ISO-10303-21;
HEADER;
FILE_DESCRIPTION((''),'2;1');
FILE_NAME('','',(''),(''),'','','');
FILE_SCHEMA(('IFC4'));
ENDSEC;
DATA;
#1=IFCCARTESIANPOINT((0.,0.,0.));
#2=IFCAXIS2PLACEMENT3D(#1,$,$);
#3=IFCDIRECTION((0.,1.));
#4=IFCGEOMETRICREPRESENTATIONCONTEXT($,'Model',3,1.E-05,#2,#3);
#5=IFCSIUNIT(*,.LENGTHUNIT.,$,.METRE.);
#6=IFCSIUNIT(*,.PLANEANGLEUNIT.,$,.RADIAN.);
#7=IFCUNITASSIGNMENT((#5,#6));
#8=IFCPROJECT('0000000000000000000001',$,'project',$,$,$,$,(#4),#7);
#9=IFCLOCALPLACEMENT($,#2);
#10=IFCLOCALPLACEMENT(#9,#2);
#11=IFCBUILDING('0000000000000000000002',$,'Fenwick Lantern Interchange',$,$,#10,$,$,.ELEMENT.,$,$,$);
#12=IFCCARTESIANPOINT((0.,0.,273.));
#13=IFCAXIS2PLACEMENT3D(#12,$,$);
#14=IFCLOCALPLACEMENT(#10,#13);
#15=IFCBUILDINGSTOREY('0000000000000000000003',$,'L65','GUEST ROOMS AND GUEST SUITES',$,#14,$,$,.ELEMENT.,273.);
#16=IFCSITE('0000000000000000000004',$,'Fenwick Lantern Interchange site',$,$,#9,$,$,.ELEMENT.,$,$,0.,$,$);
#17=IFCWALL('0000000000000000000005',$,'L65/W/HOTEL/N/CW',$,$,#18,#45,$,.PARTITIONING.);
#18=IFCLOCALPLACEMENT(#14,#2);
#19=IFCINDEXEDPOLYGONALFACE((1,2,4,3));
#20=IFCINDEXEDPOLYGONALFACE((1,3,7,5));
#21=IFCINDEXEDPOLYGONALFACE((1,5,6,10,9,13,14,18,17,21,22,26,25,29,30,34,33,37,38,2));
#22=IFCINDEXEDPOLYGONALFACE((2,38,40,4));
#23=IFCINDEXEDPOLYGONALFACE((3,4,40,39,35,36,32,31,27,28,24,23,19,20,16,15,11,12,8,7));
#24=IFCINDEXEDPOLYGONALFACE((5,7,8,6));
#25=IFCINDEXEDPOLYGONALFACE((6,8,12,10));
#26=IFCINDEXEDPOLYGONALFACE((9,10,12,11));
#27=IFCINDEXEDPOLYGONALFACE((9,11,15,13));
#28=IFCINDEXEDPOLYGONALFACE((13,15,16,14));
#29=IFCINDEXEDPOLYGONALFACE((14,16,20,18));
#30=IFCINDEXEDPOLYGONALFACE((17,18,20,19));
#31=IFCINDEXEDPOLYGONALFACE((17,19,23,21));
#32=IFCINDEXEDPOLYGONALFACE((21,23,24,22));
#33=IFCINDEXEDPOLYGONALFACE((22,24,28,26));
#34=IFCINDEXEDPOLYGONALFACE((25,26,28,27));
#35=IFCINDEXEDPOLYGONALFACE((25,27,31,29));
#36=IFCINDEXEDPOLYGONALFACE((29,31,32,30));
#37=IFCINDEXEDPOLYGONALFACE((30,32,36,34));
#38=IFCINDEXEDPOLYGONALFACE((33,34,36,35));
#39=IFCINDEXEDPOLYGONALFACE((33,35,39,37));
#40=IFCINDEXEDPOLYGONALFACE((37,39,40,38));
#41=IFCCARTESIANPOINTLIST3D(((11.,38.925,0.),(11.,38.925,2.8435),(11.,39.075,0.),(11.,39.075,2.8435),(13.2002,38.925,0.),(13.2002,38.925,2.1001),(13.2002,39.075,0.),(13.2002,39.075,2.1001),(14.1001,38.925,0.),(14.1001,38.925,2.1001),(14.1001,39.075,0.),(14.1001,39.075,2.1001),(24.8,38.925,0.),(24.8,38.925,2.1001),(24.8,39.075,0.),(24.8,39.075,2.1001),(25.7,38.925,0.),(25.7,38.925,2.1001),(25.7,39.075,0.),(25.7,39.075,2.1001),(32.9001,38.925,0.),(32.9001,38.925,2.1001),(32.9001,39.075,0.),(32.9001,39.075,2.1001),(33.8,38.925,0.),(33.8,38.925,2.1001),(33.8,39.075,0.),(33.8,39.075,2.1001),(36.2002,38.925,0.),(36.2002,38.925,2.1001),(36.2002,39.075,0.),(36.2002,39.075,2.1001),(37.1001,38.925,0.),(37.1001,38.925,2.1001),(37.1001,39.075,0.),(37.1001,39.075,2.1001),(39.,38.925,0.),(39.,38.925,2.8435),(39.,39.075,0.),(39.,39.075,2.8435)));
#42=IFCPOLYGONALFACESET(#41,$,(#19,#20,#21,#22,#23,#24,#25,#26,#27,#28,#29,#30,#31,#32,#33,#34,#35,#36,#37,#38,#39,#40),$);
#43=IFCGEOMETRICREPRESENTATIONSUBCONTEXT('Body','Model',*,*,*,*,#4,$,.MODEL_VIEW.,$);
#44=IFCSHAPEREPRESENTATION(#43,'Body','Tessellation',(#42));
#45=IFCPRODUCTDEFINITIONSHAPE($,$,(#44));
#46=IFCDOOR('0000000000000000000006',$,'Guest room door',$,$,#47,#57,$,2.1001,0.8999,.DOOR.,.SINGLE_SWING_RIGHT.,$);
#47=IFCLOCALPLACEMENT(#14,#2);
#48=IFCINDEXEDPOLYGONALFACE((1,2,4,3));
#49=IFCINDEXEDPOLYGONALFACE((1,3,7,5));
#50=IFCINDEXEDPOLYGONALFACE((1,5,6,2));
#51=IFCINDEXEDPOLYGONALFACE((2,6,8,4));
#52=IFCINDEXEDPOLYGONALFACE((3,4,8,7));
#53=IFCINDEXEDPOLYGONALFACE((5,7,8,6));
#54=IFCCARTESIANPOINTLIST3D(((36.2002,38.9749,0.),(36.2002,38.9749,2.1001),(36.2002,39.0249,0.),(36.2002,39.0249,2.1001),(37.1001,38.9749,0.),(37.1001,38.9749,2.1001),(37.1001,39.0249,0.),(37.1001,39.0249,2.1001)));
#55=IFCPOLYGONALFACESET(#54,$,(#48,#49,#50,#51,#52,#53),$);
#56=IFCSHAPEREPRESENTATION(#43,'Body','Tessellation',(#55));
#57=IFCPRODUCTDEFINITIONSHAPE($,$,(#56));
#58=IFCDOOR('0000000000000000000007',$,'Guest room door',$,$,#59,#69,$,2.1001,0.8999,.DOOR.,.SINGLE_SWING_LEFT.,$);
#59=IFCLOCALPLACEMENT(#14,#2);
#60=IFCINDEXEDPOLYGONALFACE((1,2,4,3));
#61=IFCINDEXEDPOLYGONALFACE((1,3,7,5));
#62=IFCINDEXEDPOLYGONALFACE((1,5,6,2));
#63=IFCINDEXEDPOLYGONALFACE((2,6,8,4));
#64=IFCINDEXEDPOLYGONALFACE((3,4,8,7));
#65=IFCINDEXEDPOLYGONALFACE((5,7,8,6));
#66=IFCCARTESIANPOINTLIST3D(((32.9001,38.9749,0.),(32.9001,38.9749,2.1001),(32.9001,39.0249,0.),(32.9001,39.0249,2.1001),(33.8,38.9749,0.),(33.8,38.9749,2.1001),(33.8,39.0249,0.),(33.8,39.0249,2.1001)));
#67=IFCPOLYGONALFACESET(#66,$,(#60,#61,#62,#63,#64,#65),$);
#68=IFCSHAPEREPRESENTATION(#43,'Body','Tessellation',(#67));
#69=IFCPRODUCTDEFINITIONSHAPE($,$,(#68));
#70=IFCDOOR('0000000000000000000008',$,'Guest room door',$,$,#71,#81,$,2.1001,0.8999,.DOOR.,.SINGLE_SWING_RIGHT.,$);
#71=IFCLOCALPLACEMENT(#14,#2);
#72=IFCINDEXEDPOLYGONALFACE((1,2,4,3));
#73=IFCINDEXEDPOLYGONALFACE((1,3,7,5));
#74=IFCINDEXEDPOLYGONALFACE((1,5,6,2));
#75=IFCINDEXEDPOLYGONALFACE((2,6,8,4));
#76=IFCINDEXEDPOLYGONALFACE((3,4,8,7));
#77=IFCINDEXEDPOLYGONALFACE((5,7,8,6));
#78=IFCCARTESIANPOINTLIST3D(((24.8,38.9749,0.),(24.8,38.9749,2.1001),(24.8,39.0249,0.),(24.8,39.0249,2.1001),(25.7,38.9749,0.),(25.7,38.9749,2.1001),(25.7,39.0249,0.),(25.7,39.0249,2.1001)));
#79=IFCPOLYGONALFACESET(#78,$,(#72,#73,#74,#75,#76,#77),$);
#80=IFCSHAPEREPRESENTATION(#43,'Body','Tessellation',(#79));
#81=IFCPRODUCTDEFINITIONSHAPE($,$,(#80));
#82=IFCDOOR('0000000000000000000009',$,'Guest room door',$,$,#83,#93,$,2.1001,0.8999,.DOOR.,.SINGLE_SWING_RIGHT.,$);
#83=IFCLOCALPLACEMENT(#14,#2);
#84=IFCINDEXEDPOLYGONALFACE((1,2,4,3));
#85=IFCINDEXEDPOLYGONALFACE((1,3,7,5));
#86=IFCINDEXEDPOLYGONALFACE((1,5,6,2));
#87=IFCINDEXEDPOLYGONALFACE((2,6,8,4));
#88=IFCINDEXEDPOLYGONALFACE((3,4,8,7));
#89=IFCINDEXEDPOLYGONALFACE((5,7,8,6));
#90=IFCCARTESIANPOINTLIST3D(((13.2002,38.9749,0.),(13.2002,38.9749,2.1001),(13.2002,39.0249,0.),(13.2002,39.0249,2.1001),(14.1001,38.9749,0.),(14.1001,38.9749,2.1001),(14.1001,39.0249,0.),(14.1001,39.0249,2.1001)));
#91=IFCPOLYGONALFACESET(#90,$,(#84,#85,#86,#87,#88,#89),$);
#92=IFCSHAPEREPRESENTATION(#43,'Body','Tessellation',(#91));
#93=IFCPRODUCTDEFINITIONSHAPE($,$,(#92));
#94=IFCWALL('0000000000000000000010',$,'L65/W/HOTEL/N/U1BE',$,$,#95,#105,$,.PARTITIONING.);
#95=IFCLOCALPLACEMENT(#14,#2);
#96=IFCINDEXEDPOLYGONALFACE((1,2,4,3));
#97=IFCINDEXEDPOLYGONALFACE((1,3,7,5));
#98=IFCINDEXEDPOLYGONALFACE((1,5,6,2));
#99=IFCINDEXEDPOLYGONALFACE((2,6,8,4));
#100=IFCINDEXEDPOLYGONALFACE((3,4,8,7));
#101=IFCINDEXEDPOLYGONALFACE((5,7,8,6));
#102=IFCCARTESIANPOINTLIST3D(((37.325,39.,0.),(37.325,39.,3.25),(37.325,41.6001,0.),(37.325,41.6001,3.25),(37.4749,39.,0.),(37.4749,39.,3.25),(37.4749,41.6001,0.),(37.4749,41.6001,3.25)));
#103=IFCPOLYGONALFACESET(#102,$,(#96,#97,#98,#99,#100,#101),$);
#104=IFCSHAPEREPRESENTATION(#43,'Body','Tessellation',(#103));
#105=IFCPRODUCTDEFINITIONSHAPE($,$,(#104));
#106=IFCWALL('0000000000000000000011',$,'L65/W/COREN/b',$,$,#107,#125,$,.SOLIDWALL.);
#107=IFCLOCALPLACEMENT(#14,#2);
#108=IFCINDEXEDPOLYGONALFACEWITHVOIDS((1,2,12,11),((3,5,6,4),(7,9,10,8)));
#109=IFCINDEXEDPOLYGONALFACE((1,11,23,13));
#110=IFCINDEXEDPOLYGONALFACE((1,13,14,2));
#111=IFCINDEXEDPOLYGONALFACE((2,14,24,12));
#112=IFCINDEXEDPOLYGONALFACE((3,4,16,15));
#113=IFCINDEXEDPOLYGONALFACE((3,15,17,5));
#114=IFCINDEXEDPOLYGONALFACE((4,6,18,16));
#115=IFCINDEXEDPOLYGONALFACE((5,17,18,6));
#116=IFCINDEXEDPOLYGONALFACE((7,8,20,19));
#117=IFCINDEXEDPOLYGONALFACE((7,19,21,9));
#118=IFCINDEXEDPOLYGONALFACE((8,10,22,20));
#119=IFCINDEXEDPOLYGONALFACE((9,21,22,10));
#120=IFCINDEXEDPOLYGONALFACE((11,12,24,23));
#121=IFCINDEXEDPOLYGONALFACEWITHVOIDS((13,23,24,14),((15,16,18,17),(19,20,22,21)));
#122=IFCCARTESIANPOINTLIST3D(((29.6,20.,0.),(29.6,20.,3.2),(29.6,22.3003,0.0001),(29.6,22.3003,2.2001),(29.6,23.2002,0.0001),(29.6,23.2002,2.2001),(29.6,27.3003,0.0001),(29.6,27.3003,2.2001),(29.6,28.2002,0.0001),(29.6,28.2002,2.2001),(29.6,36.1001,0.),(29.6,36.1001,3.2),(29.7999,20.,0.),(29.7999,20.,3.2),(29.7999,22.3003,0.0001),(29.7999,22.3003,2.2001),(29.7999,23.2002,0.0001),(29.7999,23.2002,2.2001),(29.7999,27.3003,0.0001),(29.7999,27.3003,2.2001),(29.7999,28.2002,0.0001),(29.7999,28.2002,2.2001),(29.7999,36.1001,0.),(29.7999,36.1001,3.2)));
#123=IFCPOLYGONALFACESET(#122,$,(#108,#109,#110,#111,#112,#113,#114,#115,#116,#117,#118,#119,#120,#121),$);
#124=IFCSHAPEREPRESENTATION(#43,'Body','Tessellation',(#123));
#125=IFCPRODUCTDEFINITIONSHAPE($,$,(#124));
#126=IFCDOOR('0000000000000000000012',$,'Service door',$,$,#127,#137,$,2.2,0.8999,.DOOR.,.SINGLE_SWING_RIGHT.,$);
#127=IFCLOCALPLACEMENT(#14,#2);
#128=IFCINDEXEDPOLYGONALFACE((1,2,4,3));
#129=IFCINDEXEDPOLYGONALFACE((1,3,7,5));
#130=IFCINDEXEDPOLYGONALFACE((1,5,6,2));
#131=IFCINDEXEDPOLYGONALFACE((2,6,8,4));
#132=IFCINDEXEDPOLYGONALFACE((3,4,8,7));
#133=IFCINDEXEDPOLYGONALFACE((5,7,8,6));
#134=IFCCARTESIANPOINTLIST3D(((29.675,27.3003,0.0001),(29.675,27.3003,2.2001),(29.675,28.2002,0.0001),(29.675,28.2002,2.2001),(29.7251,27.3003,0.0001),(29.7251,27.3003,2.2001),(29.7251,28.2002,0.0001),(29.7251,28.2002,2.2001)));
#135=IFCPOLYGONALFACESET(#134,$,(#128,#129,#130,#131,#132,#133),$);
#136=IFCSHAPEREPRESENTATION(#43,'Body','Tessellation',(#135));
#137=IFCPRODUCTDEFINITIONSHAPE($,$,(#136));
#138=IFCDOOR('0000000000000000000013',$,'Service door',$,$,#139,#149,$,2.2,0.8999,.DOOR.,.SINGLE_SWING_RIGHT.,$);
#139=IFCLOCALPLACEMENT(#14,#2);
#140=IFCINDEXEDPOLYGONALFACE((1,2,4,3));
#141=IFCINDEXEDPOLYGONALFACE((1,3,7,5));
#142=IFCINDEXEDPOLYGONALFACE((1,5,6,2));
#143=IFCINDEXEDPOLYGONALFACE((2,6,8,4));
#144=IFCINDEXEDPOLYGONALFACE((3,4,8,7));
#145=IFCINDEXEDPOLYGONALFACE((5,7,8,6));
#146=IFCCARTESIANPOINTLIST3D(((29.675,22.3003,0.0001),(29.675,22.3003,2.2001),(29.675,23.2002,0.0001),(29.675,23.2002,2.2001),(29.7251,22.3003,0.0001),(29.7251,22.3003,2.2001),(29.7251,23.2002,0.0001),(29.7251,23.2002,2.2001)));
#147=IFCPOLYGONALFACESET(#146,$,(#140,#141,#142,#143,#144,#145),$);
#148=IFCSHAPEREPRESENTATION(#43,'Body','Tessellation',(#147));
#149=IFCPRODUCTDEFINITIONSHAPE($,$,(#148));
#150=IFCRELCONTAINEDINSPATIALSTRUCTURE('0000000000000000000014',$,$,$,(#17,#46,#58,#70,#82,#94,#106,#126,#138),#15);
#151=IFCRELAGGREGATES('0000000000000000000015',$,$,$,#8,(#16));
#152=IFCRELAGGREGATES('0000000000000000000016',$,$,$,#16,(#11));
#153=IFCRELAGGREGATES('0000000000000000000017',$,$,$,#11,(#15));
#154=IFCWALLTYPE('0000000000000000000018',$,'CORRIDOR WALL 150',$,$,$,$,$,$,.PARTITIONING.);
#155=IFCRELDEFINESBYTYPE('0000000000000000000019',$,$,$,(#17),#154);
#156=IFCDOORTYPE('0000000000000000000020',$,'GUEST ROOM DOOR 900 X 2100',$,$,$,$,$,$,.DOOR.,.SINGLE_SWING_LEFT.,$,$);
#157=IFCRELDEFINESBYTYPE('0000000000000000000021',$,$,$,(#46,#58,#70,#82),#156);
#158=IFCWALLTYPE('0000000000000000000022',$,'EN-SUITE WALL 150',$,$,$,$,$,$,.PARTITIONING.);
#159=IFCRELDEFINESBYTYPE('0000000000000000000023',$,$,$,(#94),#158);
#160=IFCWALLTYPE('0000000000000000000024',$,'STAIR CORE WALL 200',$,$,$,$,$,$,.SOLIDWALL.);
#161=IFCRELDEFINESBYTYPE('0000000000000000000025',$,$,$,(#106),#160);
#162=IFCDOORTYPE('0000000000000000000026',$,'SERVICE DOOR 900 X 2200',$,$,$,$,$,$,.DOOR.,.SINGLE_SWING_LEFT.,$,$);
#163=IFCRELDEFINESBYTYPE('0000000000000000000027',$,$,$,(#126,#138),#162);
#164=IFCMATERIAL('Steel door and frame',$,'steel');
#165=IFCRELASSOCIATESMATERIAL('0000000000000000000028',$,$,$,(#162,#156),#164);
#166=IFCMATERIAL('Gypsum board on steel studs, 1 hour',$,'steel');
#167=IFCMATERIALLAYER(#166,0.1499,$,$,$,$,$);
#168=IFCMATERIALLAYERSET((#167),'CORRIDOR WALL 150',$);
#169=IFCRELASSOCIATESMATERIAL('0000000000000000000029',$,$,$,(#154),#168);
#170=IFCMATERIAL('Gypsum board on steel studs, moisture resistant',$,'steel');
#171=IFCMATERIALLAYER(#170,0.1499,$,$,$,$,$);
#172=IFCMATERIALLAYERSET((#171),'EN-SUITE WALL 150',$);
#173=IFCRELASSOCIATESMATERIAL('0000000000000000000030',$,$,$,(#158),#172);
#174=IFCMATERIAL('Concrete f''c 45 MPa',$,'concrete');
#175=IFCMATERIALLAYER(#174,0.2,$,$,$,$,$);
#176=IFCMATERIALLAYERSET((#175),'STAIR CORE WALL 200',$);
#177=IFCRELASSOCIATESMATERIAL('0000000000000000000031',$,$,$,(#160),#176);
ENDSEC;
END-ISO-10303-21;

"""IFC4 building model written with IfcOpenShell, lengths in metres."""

from ifc_helpers import new_model, si_unit, direction, frame, frame_2d, origin, place, context, subcontext, project, spatial, rectangle, extrude, material, layer, layer_set, type_object, element, fill, save


model = new_model("IFC4")

# Units and contexts
model_context = context("Model", 3, precision=1e-05, world=origin(), true_north=direction((0.0, 1.0)))
body_context = subcontext(model_context, "Body", "Model", "MODEL_VIEW")
ifc_project = project(units=[si_unit("LENGTHUNIT", "METRE"), si_unit("PLANEANGLEUNIT", "RADIAN")], contexts=[model_context])

# Site, building, storey
site_placement = place(None, origin())
site = spatial("IfcSite", under=ifc_project, at=site_placement, Name="Fenwick Lantern Interchange site", CompositionType="ELEMENT", RefElevation=0.0)
building_placement = place(site_placement, origin())
building = spatial("IfcBuilding", under=site, at=building_placement, Name="Fenwick Lantern Interchange", CompositionType="ELEMENT")
storey_placement = place(building_placement, frame((0.0, 0.0, 273.0)))
storey = spatial("IfcBuildingStorey", under=building, at=storey_placement, Name="L65", Description="GUEST ROOMS AND GUEST SUITES", CompositionType="ELEMENT", Elevation=273.0)

# Shared definitions
ifc_material_1 = material(Name="Steel door and frame", Category="steel")
door_type_1 = type_object("IfcDoorType", Name="SERVICE DOOR 900 X 2200", OperationType="SINGLE_SWING_LEFT", PredefinedType="DOOR", material=ifc_material_1)

# Wall, openings, doors
ifc_material_2 = material(Name="Gypsum board on steel studs, 1 hour", Category="steel")
ifc_layer_1 = layer(ifc_material_2, 0.1499)
ifc_layer_set_1 = layer_set([ifc_layer_1], Name="CORRIDOR WALL 150")
wall_type_1 = type_object("IfcWallType", Name="CORRIDOR WALL 150", PredefinedType="PARTITIONING", material=ifc_layer_set_1)
wall_1_placement = place(storey_placement, frame((39.0, 39.0, 0.0), z_axis=(0.0, 0.0, 1.0), x_axis=(-1.0, 0.0, 0.0)))
wall_1 = element("IfcWall", 1, at=wall_1_placement, inside=storey, type_object=wall_type_1, Name="L65/W/HOTEL/N/CW", PredefinedType="PARTITIONING", context=body_context, shape_type="SweptSolid", body=[
    extrude(rectangle(XDim=28.0, YDim=0.1499, at=frame_2d((14.0, 0.0))), origin(), (0.0, 0.0, 1.0), 2.8435),
])
opening_1_placement = place(wall_1_placement, frame((1.8999, 0.0, 0.0)))
opening_1 = element("IfcOpeningElement", 2, at=opening_1_placement, cuts=wall_1, PredefinedType="OPENING", context=body_context, shape_type="SweptSolid", body=[
    extrude(rectangle(XDim=0.8999, YDim=2.1001, at=frame_2d((0.45, 1.05))), frame((0.0, 0.085, 0.0), z_axis=(0.0, -1.0, 0.0), x_axis=(1.0, 0.0, 0.0)), (0.0, 0.0, 1.0), 0.1699),
])
opening_2_placement = place(wall_1_placement, frame((5.2, 0.0, 0.0)))
opening_2 = element("IfcOpeningElement", 3, at=opening_2_placement, cuts=wall_1, PredefinedType="OPENING", context=body_context, shape_type="SweptSolid", body=[
    extrude(rectangle(XDim=0.8999, YDim=2.1001, at=frame_2d((0.45, 1.05))), frame((0.0, 0.085, 0.0), z_axis=(0.0, -1.0, 0.0), x_axis=(1.0, 0.0, 0.0)), (0.0, 0.0, 1.0), 0.1699),
])
opening_3_placement = place(wall_1_placement, frame((13.3, 0.0, 0.0)))
opening_3 = element("IfcOpeningElement", 4, at=opening_3_placement, cuts=wall_1, PredefinedType="OPENING", context=body_context, shape_type="SweptSolid", body=[
    extrude(rectangle(XDim=0.8999, YDim=2.1001, at=frame_2d((0.45, 1.05))), frame((0.0, 0.085, 0.0), z_axis=(0.0, -1.0, 0.0), x_axis=(1.0, 0.0, 0.0)), (0.0, 0.0, 1.0), 0.1699),
])
opening_4_placement = place(wall_1_placement, frame((24.8999, 0.0, 0.0)))
opening_4 = element("IfcOpeningElement", 5, at=opening_4_placement, cuts=wall_1, PredefinedType="OPENING", context=body_context, shape_type="SweptSolid", body=[
    extrude(rectangle(XDim=0.8999, YDim=2.1001, at=frame_2d((0.45, 1.05))), frame((0.0, 0.085, 0.0), z_axis=(0.0, -1.0, 0.0), x_axis=(1.0, 0.0, 0.0)), (0.0, 0.0, 1.0), 0.1699),
])
door_type_2 = type_object("IfcDoorType", Name="GUEST ROOM DOOR 900 X 2100", OperationType="SINGLE_SWING_LEFT", PredefinedType="DOOR", material=ifc_material_1)
door_1_placement = place(opening_1_placement, frame((0.8999, 0.0, 0.0), z_axis=(0.0, 0.0, 1.0), x_axis=(-1.0, 0.0, 0.0)))
door_1 = element("IfcDoor", 6, at=door_1_placement, inside=storey, type_object=door_type_2, Name="Guest room door", OperationType="SINGLE_SWING_RIGHT", OverallHeight=2.1001, OverallWidth=0.8999, PredefinedType="DOOR", context=body_context, shape_type="SweptSolid", body=[
    extrude(rectangle(XDim=0.8999, YDim=2.1001, at=frame_2d((0.45, 1.05))), frame((0.0, 0.0249, 0.0), z_axis=(0.0, -1.0, 0.0), x_axis=(1.0, 0.0, 0.0)), (0.0, 0.0, 1.0), 0.05),
])
fill(opening_1, door_1)
door_2_placement = place(opening_2_placement, frame((0.8999, 0.0, 0.0), z_axis=(0.0, 0.0, 1.0), x_axis=(-1.0, 0.0, 0.0)))
door_2 = element("IfcDoor", 7, at=door_2_placement, inside=storey, type_object=door_type_2, Name="Guest room door", OperationType="SINGLE_SWING_LEFT", OverallHeight=2.1001, OverallWidth=0.8999, PredefinedType="DOOR", context=body_context, shape_type="SweptSolid", body=[
    extrude(rectangle(XDim=0.8999, YDim=2.1001, at=frame_2d((0.45, 1.05))), frame((0.0, 0.0249, 0.0), z_axis=(0.0, -1.0, 0.0), x_axis=(1.0, 0.0, 0.0)), (0.0, 0.0, 1.0), 0.05),
])
fill(opening_2, door_2)
door_3_placement = place(opening_3_placement, frame((0.8999, 0.0, 0.0), z_axis=(0.0, 0.0, 1.0), x_axis=(-1.0, 0.0, 0.0)))
door_3 = element("IfcDoor", 8, at=door_3_placement, inside=storey, type_object=door_type_2, Name="Guest room door", OperationType="SINGLE_SWING_RIGHT", OverallHeight=2.1001, OverallWidth=0.8999, PredefinedType="DOOR", context=body_context, shape_type="SweptSolid", body=[
    extrude(rectangle(XDim=0.8999, YDim=2.1001, at=frame_2d((0.45, 1.05))), frame((0.0, 0.0249, 0.0), z_axis=(0.0, -1.0, 0.0), x_axis=(1.0, 0.0, 0.0)), (0.0, 0.0, 1.0), 0.05),
])
fill(opening_3, door_3)
door_4_placement = place(opening_4_placement, frame((0.8999, 0.0, 0.0), z_axis=(0.0, 0.0, 1.0), x_axis=(-1.0, 0.0, 0.0)))
door_4 = element("IfcDoor", 9, at=door_4_placement, inside=storey, type_object=door_type_2, Name="Guest room door", OperationType="SINGLE_SWING_RIGHT", OverallHeight=2.1001, OverallWidth=0.8999, PredefinedType="DOOR", context=body_context, shape_type="SweptSolid", body=[
    extrude(rectangle(XDim=0.8999, YDim=2.1001, at=frame_2d((0.45, 1.05))), frame((0.0, 0.0249, 0.0), z_axis=(0.0, -1.0, 0.0), x_axis=(1.0, 0.0, 0.0)), (0.0, 0.0, 1.0), 0.05),
])
fill(opening_4, door_4)

# Wall
ifc_material_3 = material(Name="Gypsum board on steel studs, moisture resistant", Category="steel")
ifc_layer_2 = layer(ifc_material_3, 0.1499)
ifc_layer_set_2 = layer_set([ifc_layer_2], Name="EN-SUITE WALL 150")
wall_type_2 = type_object("IfcWallType", Name="EN-SUITE WALL 150", PredefinedType="PARTITIONING", material=ifc_layer_set_2)
wall_2_placement = place(storey_placement, frame((37.3999, 41.6001, 0.0), z_axis=(0.0, 0.0, 1.0), x_axis=(0.0, -1.0, 0.0)))
element("IfcWall", 10, at=wall_2_placement, inside=storey, type_object=wall_type_2, Name="L65/W/HOTEL/N/U1BE", PredefinedType="PARTITIONING", context=body_context, shape_type="SweptSolid", body=[
    extrude(rectangle(XDim=2.6001, YDim=0.1499, at=frame_2d((1.3, 0.0))), origin(), (0.0, 0.0, 1.0), 3.25),
])

# Wall, openings, doors
ifc_material_4 = material(Name="Concrete f'c 45 MPa", Category="concrete")
ifc_layer_3 = layer(ifc_material_4, 0.2)
ifc_layer_set_3 = layer_set([ifc_layer_3], Name="STAIR CORE WALL 200")
wall_type_3 = type_object("IfcWallType", Name="STAIR CORE WALL 200", PredefinedType="SOLIDWALL", material=ifc_layer_set_3)
wall_3_placement = place(storey_placement, frame((29.7, 36.1001, 0.0), z_axis=(0.0, 0.0, 1.0), x_axis=(0.0, -1.0, 0.0)))
wall_3 = element("IfcWall", 11, at=wall_3_placement, inside=storey, type_object=wall_type_3, Name="L65/W/COREN/b", PredefinedType="SOLIDWALL", context=body_context, shape_type="SweptSolid", body=[
    extrude(rectangle(XDim=16.1001, YDim=0.2, at=frame_2d((8.05, 0.0))), origin(), (0.0, 0.0, 1.0), 3.2),
])
opening_5_placement = place(wall_3_placement, frame((7.8999, 0.0, 0.0)))
opening_5 = element("IfcOpeningElement", 12, at=opening_5_placement, cuts=wall_3, PredefinedType="OPENING", context=body_context, shape_type="SweptSolid", body=[
    extrude(rectangle(XDim=0.8999, YDim=2.2, at=frame_2d((0.45, 1.1001))), frame((0.0, 0.1099, 0.0), z_axis=(0.0, -1.0, 0.0), x_axis=(1.0, 0.0, 0.0)), (0.0, 0.0, 1.0), 0.22),
])
opening_6_placement = place(wall_3_placement, frame((12.8999, 0.0, 0.0)))
opening_6 = element("IfcOpeningElement", 13, at=opening_6_placement, cuts=wall_3, PredefinedType="OPENING", context=body_context, shape_type="SweptSolid", body=[
    extrude(rectangle(XDim=0.8999, YDim=2.2, at=frame_2d((0.45, 1.1001))), frame((0.0, 0.1099, 0.0), z_axis=(0.0, -1.0, 0.0), x_axis=(1.0, 0.0, 0.0)), (0.0, 0.0, 1.0), 0.22),
])
door_5_placement = place(opening_5_placement, frame((0.8999, 0.0, 0.0), z_axis=(0.0, 0.0, 1.0), x_axis=(-1.0, 0.0, 0.0)))
door_5 = element("IfcDoor", 14, at=door_5_placement, inside=storey, type_object=door_type_1, Name="Service door", OperationType="SINGLE_SWING_RIGHT", OverallHeight=2.2, OverallWidth=0.8999, PredefinedType="DOOR", context=body_context, shape_type="SweptSolid", body=[
    extrude(rectangle(XDim=0.8999, YDim=2.2, at=frame_2d((0.45, 1.1001))), frame((0.0, 0.0249, 0.0), z_axis=(0.0, -1.0, 0.0), x_axis=(1.0, 0.0, 0.0)), (0.0, 0.0, 1.0), 0.05),
])
fill(opening_5, door_5)
door_6_placement = place(opening_6_placement, frame((0.8999, 0.0, 0.0), z_axis=(0.0, 0.0, 1.0), x_axis=(-1.0, 0.0, 0.0)))
door_6 = element("IfcDoor", 15, at=door_6_placement, inside=storey, type_object=door_type_1, Name="Service door", OperationType="SINGLE_SWING_RIGHT", OverallHeight=2.2, OverallWidth=0.8999, PredefinedType="DOOR", context=body_context, shape_type="SweptSolid", body=[
    extrude(rectangle(XDim=0.8999, YDim=2.2, at=frame_2d((0.45, 1.1001))), frame((0.0, 0.0249, 0.0), z_axis=(0.0, -1.0, 0.0), x_axis=(1.0, 0.0, 0.0)), (0.0, 0.0, 1.0), 0.05),
])
fill(opening_6, door_6)

save(model, "model.ifc")
